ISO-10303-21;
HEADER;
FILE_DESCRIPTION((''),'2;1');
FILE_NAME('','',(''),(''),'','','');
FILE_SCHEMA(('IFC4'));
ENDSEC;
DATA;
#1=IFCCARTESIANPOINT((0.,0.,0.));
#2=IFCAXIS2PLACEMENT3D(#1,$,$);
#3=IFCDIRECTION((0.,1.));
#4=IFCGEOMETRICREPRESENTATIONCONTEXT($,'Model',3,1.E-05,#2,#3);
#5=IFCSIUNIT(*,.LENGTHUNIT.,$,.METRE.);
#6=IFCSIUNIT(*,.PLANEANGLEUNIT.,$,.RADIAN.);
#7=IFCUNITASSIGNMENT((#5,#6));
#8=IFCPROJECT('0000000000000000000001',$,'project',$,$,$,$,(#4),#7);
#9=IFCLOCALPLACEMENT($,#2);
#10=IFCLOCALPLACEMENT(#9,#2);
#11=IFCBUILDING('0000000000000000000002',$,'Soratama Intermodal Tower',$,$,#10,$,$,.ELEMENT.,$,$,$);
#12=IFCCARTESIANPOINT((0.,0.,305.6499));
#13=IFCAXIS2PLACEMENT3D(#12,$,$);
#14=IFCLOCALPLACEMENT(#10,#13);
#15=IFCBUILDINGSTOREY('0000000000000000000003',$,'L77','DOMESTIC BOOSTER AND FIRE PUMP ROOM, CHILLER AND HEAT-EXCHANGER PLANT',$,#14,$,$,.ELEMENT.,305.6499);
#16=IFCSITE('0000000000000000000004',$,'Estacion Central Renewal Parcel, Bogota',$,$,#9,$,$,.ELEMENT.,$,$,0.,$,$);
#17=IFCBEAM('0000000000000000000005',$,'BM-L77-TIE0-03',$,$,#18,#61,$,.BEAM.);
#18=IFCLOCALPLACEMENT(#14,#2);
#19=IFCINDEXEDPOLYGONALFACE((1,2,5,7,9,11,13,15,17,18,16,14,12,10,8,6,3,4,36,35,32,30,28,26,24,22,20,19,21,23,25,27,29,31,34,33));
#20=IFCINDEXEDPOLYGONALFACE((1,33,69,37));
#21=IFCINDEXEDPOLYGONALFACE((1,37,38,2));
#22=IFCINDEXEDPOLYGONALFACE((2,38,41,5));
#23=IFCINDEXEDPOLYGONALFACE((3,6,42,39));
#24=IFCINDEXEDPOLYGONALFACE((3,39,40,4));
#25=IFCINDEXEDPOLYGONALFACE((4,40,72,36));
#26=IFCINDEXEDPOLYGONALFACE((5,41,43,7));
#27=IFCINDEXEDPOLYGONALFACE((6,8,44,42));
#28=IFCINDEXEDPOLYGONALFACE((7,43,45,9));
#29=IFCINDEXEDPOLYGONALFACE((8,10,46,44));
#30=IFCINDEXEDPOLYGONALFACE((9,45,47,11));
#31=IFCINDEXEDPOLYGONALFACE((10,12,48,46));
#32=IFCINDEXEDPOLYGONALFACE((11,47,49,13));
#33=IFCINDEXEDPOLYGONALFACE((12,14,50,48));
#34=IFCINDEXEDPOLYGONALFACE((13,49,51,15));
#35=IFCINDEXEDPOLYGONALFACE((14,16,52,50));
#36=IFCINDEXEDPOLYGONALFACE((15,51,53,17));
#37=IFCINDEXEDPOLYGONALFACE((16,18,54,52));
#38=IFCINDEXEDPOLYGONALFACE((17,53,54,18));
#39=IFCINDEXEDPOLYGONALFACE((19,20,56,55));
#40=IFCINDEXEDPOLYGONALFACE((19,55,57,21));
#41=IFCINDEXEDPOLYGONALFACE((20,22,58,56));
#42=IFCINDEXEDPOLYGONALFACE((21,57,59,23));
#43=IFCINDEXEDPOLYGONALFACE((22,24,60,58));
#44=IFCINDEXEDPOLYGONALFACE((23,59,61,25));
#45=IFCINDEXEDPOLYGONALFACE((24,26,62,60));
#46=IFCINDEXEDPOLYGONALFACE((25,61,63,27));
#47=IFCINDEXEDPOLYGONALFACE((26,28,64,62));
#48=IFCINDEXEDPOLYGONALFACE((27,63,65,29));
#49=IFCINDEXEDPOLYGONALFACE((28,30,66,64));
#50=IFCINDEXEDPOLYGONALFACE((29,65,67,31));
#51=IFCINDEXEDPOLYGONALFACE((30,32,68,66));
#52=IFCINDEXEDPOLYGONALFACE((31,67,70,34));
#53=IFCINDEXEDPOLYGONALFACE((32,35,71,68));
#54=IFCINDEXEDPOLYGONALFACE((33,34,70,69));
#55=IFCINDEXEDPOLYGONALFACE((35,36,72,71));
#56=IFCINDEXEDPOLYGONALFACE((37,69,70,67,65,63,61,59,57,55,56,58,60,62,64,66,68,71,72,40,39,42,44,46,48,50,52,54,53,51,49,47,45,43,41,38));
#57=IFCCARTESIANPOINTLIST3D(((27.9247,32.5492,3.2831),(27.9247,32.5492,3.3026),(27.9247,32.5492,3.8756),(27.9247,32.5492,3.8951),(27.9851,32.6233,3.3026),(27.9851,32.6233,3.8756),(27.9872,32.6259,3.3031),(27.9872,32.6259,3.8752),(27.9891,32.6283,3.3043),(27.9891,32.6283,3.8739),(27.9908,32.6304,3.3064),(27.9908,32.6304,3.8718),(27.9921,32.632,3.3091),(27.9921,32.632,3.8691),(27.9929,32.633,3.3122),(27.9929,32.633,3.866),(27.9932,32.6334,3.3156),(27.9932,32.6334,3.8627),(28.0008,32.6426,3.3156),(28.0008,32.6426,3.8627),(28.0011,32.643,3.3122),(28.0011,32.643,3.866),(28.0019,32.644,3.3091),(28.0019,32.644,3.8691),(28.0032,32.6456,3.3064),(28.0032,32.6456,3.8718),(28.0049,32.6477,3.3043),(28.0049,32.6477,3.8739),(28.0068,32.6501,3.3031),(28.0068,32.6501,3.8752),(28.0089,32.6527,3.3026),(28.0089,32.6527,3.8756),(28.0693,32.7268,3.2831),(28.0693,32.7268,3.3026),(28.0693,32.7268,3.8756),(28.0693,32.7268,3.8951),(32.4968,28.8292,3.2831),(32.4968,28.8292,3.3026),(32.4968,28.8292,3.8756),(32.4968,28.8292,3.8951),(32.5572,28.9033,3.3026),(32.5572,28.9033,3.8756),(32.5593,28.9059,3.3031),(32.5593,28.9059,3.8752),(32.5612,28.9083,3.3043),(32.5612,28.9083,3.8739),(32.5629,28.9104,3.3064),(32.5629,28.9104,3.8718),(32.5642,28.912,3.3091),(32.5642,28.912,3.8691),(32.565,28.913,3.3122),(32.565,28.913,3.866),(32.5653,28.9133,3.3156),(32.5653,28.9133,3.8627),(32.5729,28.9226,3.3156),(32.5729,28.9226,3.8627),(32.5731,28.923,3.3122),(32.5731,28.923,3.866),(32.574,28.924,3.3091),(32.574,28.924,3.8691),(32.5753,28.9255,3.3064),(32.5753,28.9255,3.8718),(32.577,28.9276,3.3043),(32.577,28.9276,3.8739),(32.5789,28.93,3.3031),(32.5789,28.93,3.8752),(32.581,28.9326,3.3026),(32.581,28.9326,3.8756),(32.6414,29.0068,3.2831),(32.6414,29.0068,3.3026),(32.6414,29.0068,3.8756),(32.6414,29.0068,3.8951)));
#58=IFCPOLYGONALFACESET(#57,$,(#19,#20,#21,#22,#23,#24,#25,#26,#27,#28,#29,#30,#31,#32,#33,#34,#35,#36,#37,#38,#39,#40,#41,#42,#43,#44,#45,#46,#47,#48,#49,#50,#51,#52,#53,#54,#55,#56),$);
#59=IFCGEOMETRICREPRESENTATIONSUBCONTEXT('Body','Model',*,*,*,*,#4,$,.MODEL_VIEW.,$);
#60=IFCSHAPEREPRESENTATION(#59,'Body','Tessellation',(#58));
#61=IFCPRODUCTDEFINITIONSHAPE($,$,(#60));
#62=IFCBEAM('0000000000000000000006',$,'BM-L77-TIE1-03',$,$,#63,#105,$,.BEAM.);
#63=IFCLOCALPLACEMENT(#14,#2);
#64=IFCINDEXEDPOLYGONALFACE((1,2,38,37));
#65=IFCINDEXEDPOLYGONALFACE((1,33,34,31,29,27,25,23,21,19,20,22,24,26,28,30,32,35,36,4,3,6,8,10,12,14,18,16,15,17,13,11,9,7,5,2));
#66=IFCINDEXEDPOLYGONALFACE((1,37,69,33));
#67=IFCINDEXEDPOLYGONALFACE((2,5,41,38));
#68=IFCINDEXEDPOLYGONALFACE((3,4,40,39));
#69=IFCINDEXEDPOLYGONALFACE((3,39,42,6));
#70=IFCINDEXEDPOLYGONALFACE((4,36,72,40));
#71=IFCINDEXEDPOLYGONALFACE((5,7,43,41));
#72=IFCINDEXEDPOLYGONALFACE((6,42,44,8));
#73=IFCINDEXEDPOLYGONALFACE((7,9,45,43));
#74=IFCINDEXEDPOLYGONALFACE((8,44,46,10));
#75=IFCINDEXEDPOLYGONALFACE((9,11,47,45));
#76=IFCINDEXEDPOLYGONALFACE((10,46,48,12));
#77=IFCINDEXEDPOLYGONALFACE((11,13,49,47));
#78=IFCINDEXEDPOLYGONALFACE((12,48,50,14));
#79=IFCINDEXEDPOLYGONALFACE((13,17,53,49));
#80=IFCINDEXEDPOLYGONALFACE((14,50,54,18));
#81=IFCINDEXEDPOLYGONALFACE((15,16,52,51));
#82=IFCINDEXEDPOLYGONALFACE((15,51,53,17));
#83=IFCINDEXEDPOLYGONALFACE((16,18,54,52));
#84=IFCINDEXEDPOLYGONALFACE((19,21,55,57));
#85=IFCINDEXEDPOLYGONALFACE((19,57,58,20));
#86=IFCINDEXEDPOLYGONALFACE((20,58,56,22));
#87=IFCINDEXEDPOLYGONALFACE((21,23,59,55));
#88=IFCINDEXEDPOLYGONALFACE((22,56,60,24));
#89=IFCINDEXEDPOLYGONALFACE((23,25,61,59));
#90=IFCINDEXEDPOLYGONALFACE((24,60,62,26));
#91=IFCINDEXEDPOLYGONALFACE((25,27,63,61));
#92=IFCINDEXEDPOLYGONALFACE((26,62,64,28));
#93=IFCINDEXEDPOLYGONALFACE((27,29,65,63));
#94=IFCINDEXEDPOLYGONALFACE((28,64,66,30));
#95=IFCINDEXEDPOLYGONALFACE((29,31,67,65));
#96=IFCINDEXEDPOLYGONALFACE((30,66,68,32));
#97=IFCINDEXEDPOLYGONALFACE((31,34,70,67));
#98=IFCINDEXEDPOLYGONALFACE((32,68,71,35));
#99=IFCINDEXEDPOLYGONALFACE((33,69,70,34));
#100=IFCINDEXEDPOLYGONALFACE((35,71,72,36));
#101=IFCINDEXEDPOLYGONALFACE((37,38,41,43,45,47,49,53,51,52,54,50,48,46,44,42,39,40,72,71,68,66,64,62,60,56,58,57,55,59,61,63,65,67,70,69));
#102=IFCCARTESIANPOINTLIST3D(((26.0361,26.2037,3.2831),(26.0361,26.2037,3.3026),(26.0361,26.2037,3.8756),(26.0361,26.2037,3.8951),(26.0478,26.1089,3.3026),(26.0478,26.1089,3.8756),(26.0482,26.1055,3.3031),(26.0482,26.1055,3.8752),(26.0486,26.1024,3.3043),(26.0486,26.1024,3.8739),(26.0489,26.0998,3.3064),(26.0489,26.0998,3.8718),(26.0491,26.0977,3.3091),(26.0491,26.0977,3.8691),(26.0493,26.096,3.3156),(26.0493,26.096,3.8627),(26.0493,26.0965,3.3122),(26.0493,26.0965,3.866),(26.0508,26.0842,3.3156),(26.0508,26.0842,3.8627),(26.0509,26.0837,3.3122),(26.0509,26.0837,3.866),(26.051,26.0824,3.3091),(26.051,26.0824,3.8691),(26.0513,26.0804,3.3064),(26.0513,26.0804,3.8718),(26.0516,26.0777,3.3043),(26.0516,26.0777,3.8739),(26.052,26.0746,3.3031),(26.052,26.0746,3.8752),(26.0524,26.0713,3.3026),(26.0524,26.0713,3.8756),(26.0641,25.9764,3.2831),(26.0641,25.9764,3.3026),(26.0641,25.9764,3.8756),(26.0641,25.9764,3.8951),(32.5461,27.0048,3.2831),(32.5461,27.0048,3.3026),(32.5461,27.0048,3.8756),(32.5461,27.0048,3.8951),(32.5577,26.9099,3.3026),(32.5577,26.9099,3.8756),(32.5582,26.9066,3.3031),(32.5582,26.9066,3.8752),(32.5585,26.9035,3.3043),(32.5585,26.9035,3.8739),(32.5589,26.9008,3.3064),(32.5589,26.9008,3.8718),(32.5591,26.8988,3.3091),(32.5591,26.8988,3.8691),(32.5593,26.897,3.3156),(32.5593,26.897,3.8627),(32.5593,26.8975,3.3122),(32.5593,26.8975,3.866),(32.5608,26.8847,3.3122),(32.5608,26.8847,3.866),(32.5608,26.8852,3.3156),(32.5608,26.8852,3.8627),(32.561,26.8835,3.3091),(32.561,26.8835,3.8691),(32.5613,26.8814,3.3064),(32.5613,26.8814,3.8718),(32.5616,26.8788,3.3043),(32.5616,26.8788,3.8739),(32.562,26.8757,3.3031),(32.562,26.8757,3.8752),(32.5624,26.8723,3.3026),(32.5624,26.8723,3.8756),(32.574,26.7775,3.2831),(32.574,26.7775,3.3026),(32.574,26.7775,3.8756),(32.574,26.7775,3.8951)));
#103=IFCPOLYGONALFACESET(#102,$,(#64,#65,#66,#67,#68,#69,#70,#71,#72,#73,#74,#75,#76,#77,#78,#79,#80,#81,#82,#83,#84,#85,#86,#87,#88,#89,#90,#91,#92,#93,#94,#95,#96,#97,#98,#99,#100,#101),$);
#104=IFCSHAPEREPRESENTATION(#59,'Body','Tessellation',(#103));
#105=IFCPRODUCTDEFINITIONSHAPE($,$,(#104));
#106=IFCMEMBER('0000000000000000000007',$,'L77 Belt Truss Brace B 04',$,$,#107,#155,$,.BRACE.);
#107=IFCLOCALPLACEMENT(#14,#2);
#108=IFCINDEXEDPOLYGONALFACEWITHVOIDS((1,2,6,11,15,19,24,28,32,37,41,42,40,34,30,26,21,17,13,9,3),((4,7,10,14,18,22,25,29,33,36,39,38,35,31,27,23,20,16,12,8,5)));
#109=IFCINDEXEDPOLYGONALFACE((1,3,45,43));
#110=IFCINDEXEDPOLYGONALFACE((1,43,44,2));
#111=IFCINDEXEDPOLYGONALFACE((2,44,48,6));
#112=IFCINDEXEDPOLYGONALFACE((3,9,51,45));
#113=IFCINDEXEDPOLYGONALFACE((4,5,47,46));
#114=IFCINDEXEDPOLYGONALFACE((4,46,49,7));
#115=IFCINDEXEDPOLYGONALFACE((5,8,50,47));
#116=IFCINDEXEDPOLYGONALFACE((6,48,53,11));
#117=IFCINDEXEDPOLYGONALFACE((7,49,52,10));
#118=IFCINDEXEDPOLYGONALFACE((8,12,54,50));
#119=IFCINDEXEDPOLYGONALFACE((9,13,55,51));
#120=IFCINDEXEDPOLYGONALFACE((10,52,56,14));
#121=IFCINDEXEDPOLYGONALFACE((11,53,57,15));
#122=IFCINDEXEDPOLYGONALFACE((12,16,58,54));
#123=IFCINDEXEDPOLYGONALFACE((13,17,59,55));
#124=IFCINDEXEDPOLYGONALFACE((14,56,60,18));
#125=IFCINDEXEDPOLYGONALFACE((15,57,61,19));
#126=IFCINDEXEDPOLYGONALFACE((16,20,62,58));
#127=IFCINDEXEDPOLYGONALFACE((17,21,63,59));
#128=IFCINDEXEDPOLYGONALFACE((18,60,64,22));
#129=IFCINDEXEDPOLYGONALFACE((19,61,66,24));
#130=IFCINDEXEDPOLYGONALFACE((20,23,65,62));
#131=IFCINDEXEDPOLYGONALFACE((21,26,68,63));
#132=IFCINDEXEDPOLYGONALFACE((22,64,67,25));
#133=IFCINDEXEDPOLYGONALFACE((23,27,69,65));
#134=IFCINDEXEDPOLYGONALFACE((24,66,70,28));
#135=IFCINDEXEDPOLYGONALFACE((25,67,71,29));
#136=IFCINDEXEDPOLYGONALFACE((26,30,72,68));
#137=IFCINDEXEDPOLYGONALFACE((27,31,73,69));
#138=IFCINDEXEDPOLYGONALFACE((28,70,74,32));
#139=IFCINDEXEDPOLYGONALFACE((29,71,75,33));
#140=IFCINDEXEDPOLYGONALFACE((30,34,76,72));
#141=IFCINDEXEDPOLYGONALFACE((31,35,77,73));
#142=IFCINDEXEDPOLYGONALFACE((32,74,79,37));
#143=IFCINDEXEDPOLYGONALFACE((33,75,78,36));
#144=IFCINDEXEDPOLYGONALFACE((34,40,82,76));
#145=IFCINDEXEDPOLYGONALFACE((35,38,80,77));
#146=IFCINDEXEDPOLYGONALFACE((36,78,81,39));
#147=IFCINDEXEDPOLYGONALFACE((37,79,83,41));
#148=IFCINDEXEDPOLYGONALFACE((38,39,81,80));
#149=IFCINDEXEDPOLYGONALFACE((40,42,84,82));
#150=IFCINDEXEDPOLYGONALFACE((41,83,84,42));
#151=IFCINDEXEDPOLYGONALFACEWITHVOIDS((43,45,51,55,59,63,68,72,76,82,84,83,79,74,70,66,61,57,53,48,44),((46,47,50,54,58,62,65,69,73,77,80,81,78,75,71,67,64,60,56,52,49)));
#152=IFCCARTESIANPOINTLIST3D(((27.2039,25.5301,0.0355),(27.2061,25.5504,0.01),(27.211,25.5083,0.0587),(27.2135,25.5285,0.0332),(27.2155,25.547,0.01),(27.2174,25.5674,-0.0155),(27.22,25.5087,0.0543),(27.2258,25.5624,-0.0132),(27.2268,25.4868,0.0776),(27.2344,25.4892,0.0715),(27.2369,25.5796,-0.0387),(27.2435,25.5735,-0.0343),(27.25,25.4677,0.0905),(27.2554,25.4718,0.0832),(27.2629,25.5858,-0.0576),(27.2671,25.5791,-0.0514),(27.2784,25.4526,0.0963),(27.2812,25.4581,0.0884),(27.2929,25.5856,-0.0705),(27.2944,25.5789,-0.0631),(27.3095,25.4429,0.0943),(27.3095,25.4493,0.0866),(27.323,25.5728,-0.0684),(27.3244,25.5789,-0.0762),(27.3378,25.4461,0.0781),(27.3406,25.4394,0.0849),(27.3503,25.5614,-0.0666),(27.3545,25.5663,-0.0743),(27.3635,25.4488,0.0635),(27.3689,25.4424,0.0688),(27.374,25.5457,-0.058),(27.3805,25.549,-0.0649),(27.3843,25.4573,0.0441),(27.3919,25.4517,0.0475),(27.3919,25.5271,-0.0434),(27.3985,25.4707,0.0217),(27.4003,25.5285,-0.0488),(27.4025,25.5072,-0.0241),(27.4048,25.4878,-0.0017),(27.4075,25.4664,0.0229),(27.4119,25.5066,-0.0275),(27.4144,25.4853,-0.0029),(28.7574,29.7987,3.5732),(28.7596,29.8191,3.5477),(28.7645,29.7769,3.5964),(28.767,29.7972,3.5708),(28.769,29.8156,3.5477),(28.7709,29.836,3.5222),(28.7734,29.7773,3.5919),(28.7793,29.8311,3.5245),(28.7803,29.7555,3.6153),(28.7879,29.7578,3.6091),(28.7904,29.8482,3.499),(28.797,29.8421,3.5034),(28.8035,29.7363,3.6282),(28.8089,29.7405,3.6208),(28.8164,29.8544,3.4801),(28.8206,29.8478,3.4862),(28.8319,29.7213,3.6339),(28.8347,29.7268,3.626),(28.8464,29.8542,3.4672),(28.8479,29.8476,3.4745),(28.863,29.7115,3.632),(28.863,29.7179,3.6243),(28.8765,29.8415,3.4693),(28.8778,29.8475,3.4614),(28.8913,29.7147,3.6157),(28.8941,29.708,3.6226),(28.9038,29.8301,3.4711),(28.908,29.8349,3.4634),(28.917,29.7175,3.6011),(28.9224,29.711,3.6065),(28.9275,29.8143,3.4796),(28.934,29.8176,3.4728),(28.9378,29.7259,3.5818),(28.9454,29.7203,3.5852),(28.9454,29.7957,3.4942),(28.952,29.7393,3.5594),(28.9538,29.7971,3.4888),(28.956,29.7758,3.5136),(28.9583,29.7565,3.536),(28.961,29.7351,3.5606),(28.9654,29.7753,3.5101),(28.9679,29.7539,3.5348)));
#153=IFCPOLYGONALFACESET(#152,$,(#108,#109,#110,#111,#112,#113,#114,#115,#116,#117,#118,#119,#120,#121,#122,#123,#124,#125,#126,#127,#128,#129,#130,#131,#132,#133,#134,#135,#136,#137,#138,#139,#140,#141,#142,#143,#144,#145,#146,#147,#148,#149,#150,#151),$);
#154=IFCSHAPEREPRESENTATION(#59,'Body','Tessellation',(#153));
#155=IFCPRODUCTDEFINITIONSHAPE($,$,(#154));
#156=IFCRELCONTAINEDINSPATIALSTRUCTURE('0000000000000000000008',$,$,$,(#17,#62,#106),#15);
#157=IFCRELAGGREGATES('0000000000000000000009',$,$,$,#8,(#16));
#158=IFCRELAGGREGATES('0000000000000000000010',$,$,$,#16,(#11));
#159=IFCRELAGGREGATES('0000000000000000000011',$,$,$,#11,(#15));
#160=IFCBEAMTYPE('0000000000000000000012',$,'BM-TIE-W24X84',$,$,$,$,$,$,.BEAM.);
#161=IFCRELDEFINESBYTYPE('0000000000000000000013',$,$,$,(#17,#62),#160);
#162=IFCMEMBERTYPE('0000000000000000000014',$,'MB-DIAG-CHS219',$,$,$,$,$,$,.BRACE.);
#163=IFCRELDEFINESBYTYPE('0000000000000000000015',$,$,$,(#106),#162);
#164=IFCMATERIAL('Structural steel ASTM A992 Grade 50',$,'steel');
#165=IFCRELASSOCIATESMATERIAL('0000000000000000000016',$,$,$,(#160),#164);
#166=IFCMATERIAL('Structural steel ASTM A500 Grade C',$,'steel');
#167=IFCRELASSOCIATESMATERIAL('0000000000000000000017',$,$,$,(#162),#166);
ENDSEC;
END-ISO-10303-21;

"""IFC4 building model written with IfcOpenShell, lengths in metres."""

from ifc_helpers import new_model, si_unit, direction, frame, origin, origin_2d, place, context, subcontext, project, spatial, hollow_circle, i_section, extrude, material, material_profile, profile_set, type_object, element, save


model = new_model("IFC4")

# Units and contexts
model_context = context("Model", 3, precision=1e-05, world=origin(), true_north=direction((0.0, 1.0)))
body_context = subcontext(model_context, "Body", "Model", "MODEL_VIEW")
ifc_project = project(units=[si_unit("LENGTHUNIT", "METRE"), si_unit("PLANEANGLEUNIT", "RADIAN")], contexts=[model_context])

# Site, building, storey
site_placement = place(None, origin())
site = spatial("IfcSite", under=ifc_project, at=site_placement, Name="Estacion Central Renewal Parcel, Bogota", CompositionType="ELEMENT", RefElevation=0.0)
building_placement = place(site_placement, origin())
building = spatial("IfcBuilding", under=site, at=building_placement, Name="Soratama Intermodal Tower", CompositionType="ELEMENT")
storey_placement = place(building_placement, frame((0.0, 0.0, 305.6499)))
storey = spatial("IfcBuildingStorey", under=building, at=storey_placement, Name="L77", Description="DOMESTIC BOOSTER AND FIRE PUMP ROOM, CHILLER AND HEAT-EXCHANGER PLANT", CompositionType="ELEMENT", Elevation=305.6499)

# Beams
ifc_material_1 = material(Name="Structural steel ASTM A992 Grade 50", Category="steel")
ifc_material_profile_1 = material_profile(ifc_material_1, i_section(OverallWidth=0.229, OverallDepth=0.6121, WebThickness=0.012, FlangeThickness=0.0195, FilletRadius=0.0129, at=origin_2d()), Name="W24X84")
ifc_profile_set_1 = profile_set([ifc_material_profile_1], Name="Structural steel ASTM A992 Grade 50")
beam_type_1 = type_object("IfcBeamType", Name="BM-TIE-W24X84", PredefinedType="BEAM", material=ifc_profile_set_1)
beam_1_placement = place(storey_placement, frame((32.5691, 28.918, 3.5891), z_axis=(-0.775682, 0.631124, 0.0), x_axis=(-0.631124, -0.775682, 0.0)))
element("IfcBeam", 1, at=beam_1_placement, inside=storey, type_object=beam_type_1, Name="BM-L77-TIE0-03", PredefinedType="BEAM", context=body_context, shape_type="SweptSolid", body=[
    extrude(i_section(OverallWidth=0.229, OverallDepth=0.6121, WebThickness=0.012, FlangeThickness=0.0195, FilletRadius=0.0129, at=origin_2d()), origin(), (0.0, 0.0, 1.0), 5.8943),
])
beam_2_placement = place(storey_placement, frame((32.5601, 26.8911, 3.5891), z_axis=(-0.992515, -0.122124, 0.0), x_axis=(0.122124, -0.992515, 0.0)))
element("IfcBeam", 2, at=beam_2_placement, inside=storey, type_object=beam_type_1, Name="BM-L77-TIE1-03", PredefinedType="BEAM", context=body_context, shape_type="SweptSolid", body=[
    extrude(i_section(OverallWidth=0.229, OverallDepth=0.6121, WebThickness=0.012, FlangeThickness=0.0195, FilletRadius=0.0129, at=origin_2d()), origin(), (0.0, 0.0, 1.0), 6.5591),
])

# Member
ifc_material_2 = material(Name="Structural steel ASTM A500 Grade C", Category="steel")
ifc_material_profile_2 = material_profile(ifc_material_2, hollow_circle(Radius=0.1096, WallThickness=0.01, at=origin_2d()), Name="CHS219X10")
ifc_profile_set_2 = profile_set([ifc_material_profile_2], Name="Structural steel ASTM A500 Grade C")
member_type_1 = type_object("IfcMemberType", Name="MB-DIAG-CHS219", PredefinedType="BRACE", material=ifc_profile_set_2)
member_1_placement = place(storey_placement, frame((27.3091, 25.5129, 0.01), z_axis=(0.269818, 0.741395, 0.614437), x_axis=(-0.939704, 0.341989, 0.0)))
element("IfcMember", 3, at=member_1_placement, inside=storey, type_object=member_type_1, Name="L77 Belt Truss Brace B 04", PredefinedType="BRACE", context=body_context, shape_type="SweptSolid", body=[
    extrude(hollow_circle(Radius=0.1096, WallThickness=0.01, at=origin_2d()), origin(), (0.0, 0.0, 1.0), 5.7576),
])

save(model, "model.ifc")
